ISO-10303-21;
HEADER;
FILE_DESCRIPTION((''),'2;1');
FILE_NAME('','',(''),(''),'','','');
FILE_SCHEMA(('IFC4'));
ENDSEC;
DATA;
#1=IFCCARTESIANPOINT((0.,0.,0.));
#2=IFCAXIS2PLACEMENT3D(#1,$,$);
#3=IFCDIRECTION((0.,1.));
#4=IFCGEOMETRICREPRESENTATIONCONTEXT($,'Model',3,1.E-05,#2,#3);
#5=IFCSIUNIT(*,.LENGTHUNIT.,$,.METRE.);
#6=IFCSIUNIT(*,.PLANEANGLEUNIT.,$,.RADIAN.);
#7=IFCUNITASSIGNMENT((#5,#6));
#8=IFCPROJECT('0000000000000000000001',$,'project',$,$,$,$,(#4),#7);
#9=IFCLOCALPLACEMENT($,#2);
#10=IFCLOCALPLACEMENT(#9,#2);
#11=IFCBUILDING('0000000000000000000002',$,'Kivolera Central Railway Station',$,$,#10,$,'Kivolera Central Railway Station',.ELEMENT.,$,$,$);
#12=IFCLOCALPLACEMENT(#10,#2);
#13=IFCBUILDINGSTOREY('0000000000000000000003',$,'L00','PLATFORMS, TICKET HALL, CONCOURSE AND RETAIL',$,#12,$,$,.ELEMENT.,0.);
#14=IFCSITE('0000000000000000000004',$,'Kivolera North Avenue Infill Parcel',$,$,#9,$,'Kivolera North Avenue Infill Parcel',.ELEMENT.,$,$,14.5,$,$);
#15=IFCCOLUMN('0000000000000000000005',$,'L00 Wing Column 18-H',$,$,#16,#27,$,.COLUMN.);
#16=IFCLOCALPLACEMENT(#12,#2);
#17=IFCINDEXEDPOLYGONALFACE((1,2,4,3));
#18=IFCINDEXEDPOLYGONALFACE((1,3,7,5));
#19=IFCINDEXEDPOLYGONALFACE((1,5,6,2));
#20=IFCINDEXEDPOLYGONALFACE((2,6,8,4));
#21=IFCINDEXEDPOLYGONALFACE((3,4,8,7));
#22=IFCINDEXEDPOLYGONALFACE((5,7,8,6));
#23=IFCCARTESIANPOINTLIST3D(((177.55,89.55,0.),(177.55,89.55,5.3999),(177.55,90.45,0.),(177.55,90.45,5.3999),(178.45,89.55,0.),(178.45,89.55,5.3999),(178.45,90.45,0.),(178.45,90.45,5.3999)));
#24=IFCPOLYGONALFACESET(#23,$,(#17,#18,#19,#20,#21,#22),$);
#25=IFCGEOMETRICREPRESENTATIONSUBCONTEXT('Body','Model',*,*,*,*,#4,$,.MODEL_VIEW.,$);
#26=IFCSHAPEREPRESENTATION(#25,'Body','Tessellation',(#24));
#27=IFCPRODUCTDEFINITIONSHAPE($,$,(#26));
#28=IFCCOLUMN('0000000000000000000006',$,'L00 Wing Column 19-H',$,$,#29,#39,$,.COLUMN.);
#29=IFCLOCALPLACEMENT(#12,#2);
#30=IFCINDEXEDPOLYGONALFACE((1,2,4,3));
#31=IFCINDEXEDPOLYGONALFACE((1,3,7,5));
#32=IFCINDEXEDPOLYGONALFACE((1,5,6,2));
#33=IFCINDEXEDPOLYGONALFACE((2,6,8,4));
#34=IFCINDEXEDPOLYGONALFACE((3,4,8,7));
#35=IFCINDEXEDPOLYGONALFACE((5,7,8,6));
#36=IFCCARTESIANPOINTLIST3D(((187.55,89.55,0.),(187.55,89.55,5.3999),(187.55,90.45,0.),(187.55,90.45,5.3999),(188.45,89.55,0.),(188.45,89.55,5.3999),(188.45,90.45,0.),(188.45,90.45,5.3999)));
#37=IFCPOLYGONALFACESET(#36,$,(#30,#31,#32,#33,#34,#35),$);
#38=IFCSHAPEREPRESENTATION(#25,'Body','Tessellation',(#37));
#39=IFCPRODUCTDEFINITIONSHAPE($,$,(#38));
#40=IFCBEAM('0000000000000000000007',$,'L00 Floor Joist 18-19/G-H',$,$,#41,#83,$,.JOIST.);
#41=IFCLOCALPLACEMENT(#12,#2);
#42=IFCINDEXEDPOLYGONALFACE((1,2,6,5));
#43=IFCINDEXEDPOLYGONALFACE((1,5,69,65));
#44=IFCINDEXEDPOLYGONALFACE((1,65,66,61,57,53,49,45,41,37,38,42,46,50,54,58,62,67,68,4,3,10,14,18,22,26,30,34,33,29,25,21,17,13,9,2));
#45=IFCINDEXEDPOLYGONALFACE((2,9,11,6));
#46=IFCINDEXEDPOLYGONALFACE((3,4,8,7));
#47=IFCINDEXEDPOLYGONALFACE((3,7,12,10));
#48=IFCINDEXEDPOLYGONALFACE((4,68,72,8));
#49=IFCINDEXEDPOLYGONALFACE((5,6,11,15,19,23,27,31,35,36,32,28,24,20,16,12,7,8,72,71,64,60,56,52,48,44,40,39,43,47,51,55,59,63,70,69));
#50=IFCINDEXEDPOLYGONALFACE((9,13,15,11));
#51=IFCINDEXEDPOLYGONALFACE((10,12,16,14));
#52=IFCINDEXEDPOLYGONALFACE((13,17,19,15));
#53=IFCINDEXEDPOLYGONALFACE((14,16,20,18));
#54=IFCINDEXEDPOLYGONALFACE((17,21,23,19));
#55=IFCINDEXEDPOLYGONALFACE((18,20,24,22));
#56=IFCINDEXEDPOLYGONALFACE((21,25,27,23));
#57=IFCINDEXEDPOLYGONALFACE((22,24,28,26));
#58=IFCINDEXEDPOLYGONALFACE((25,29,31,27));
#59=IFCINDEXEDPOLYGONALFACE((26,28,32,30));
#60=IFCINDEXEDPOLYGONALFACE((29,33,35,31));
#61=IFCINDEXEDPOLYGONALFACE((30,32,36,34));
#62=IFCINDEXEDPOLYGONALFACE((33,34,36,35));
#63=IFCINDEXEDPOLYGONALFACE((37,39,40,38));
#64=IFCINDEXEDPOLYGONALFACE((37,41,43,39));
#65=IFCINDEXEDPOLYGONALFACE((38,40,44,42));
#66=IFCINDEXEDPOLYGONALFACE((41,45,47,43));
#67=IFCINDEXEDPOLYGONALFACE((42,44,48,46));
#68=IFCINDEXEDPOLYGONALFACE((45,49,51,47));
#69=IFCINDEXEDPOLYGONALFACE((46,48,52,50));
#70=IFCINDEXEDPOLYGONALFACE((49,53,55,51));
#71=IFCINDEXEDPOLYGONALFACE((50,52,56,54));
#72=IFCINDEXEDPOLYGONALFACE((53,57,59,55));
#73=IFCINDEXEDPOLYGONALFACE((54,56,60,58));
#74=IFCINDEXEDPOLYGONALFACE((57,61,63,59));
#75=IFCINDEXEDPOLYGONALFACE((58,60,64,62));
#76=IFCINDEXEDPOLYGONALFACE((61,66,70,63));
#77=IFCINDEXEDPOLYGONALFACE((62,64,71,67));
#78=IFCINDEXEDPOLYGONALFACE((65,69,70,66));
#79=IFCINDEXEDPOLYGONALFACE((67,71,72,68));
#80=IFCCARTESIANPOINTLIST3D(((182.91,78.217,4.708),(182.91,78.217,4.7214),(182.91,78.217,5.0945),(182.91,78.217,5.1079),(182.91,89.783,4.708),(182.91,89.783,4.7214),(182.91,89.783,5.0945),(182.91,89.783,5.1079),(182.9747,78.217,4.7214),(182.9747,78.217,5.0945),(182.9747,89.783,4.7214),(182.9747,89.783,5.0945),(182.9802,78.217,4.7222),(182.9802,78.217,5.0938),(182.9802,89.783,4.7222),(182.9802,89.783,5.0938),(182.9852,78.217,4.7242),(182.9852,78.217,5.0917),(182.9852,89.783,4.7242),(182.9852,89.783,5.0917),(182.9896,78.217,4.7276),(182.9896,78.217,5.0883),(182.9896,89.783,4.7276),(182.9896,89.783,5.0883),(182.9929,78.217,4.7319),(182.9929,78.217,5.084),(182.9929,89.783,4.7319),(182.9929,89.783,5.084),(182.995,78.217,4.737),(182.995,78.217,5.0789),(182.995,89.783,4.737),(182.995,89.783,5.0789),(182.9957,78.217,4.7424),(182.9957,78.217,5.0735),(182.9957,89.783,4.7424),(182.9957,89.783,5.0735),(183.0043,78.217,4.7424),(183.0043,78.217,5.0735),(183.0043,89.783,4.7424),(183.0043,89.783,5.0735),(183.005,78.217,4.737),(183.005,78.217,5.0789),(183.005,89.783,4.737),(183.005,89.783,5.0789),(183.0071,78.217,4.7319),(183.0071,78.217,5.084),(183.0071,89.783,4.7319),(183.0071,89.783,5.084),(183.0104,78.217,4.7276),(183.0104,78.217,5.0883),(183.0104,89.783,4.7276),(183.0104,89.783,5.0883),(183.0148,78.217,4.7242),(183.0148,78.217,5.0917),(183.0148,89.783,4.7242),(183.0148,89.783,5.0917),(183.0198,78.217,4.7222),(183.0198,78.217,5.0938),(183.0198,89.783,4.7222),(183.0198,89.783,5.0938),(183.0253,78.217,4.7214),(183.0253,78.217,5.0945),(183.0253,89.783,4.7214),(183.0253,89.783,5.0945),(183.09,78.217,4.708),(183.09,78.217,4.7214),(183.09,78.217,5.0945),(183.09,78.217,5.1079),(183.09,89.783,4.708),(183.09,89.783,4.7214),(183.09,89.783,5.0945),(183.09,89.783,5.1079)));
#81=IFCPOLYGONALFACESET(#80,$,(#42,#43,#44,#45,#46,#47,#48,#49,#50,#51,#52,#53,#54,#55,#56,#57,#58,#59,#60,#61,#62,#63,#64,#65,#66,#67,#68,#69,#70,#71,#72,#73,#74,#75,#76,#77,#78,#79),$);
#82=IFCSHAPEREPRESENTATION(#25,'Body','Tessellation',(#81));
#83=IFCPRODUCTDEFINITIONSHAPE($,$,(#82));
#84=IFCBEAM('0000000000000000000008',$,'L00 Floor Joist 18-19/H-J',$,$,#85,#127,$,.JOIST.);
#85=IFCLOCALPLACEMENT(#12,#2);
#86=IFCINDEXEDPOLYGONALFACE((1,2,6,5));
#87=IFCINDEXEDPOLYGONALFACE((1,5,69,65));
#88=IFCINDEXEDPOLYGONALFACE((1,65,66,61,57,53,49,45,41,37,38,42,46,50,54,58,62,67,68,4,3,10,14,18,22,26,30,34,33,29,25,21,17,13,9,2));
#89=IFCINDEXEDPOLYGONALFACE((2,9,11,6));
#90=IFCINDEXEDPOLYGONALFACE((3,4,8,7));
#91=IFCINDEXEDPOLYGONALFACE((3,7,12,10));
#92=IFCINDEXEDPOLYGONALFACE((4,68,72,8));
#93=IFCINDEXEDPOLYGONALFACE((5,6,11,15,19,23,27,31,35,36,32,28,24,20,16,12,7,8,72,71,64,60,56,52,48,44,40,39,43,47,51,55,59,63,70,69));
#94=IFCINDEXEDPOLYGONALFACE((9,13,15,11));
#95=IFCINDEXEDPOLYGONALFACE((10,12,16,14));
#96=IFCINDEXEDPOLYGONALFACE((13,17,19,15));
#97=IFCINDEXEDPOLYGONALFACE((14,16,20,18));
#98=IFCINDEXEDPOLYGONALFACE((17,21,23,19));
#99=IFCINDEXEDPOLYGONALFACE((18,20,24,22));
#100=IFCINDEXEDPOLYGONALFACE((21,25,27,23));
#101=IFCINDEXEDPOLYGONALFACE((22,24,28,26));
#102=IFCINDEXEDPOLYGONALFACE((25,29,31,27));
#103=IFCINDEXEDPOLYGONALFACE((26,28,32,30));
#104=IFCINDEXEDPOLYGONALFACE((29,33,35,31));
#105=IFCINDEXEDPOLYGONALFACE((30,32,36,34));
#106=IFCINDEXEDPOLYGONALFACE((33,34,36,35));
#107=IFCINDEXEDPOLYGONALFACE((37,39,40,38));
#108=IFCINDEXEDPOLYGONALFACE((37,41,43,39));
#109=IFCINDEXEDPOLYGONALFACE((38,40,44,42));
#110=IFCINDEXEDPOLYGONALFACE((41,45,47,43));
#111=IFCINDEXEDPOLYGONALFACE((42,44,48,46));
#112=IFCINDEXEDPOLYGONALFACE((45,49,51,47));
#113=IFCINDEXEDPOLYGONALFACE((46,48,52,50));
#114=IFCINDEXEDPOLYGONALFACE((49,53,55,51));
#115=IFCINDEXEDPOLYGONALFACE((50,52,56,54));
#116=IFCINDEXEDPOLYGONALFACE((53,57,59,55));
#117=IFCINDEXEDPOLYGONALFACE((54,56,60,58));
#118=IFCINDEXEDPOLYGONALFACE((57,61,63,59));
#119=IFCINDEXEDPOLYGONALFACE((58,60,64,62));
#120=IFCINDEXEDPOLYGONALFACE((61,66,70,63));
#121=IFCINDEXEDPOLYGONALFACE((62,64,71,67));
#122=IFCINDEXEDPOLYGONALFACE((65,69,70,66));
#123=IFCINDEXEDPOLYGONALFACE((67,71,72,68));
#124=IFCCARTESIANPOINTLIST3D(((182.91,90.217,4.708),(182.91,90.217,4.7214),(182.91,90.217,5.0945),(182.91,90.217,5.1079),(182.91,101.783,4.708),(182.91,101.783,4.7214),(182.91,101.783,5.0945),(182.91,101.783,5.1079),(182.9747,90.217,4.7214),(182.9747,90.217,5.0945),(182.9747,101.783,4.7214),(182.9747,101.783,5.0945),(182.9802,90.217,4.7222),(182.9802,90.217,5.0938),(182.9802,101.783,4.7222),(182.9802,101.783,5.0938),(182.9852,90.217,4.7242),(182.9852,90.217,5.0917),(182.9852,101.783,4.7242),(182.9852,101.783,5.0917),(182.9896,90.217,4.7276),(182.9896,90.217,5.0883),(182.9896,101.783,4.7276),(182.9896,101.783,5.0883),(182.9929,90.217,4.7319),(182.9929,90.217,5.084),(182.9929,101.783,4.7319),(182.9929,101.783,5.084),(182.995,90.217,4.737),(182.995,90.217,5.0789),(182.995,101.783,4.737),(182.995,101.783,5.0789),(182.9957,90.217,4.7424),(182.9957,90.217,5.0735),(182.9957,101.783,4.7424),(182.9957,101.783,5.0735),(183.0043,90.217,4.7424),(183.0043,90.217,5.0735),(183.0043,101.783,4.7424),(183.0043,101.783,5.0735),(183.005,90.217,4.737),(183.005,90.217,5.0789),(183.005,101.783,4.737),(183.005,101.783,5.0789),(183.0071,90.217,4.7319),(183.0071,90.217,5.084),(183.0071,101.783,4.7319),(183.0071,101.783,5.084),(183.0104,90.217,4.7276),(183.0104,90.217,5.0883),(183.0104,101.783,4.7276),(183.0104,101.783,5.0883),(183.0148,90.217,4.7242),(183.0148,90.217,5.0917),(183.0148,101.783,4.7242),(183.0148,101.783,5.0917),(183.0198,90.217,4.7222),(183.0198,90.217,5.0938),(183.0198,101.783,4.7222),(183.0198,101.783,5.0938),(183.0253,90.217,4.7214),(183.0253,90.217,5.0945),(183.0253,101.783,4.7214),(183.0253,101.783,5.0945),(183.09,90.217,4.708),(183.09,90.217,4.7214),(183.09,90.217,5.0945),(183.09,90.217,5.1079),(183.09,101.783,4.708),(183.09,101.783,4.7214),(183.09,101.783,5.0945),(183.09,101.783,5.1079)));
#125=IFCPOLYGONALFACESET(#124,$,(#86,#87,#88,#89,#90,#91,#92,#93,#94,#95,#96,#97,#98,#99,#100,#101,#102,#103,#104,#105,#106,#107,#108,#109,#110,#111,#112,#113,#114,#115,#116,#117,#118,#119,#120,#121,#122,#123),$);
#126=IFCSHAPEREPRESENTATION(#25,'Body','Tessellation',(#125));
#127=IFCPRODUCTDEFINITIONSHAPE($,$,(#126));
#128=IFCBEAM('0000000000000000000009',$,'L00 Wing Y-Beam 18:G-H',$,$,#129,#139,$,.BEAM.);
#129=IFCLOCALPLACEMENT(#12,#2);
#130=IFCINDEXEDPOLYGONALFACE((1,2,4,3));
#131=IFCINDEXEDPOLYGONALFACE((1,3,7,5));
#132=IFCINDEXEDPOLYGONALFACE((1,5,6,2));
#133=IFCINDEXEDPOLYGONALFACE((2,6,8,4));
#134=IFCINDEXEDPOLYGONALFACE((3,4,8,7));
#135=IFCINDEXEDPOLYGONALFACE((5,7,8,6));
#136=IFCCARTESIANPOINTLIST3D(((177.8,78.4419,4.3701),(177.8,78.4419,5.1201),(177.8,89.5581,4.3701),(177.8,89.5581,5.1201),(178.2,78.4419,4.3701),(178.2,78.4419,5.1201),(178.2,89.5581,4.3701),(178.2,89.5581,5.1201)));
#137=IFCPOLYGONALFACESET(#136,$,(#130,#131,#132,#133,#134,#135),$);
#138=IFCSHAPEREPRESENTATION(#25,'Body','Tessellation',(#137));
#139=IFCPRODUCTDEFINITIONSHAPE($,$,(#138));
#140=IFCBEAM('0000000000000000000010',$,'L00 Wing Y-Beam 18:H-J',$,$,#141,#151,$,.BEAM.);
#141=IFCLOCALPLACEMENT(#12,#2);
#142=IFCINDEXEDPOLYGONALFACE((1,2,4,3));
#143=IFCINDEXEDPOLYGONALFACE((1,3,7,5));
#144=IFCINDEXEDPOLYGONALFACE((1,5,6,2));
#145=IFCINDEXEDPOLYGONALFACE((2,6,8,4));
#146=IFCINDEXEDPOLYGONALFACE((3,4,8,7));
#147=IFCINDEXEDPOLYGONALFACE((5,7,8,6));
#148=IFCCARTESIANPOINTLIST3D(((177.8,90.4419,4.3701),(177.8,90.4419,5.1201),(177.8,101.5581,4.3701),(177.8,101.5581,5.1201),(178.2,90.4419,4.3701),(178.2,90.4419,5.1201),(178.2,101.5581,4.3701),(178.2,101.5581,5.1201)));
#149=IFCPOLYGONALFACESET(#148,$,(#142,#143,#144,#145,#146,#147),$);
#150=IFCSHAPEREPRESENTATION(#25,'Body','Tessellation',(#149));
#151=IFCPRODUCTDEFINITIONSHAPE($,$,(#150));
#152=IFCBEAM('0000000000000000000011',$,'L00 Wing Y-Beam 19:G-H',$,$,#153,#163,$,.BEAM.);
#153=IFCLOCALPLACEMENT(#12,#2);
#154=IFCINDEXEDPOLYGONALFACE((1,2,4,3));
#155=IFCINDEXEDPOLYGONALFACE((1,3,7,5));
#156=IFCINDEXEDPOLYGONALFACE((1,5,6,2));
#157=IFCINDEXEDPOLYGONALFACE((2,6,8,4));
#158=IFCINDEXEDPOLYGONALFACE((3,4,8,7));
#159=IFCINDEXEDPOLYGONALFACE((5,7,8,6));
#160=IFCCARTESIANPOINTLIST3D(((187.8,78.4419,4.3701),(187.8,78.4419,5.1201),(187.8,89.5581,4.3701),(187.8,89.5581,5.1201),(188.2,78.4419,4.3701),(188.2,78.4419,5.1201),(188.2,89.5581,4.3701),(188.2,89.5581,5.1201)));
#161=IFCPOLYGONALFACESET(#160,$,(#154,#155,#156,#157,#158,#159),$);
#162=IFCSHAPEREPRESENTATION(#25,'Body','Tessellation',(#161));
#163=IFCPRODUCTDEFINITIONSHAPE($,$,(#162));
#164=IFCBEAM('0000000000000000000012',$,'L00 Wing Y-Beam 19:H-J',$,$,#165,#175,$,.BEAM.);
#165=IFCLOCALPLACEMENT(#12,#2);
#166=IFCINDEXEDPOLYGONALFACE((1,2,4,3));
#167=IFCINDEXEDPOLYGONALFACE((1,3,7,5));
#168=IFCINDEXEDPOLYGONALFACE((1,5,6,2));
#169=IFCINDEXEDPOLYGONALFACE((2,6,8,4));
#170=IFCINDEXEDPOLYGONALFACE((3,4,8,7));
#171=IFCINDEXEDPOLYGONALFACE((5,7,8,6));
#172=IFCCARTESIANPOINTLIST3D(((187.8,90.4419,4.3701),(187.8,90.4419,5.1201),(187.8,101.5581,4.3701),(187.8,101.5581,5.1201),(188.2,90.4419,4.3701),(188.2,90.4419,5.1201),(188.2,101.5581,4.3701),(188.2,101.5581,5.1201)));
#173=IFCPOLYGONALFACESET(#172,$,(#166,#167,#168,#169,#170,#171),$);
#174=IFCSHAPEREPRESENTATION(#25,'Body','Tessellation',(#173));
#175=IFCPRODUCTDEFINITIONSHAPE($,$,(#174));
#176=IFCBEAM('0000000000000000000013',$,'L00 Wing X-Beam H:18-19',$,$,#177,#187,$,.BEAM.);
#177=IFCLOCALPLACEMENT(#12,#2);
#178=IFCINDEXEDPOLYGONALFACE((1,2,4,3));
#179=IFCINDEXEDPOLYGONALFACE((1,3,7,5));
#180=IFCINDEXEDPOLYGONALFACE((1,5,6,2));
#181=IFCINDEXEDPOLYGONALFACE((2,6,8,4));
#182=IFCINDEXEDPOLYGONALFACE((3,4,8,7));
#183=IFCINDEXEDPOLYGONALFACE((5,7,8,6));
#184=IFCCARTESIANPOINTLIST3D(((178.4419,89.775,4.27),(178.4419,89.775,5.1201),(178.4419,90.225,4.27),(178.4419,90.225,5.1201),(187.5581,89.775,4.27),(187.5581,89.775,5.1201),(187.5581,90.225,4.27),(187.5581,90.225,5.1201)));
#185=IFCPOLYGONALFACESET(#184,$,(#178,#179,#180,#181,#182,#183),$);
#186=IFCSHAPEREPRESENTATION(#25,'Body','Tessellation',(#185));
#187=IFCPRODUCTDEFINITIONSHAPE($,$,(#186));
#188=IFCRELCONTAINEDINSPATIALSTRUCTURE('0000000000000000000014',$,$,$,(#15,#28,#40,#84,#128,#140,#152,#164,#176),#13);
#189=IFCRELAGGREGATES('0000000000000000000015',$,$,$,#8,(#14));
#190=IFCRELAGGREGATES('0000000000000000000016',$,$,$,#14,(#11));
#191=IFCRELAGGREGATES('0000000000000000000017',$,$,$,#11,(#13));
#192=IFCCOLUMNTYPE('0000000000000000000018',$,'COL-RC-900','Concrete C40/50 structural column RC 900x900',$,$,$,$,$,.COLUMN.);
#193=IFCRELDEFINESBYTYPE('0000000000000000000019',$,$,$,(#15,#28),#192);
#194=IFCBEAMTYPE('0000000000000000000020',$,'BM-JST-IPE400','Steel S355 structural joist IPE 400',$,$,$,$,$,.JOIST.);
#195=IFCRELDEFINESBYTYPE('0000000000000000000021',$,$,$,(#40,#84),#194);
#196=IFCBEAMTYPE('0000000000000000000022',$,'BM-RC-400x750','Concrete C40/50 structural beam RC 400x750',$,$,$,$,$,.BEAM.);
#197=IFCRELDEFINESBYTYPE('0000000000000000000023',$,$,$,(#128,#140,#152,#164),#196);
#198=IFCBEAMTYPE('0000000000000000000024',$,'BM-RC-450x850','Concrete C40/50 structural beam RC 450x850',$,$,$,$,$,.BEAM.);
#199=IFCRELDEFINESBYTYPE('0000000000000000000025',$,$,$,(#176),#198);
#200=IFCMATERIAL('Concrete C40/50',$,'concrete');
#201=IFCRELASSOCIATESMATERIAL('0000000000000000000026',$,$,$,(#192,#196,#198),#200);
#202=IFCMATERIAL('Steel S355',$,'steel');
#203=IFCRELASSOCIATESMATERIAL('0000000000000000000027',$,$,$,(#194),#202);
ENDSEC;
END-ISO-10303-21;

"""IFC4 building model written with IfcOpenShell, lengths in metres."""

from ifc_helpers import new_model, si_unit, direction, frame, origin, origin_2d, place, context, subcontext, project, spatial, rectangle, i_section, extrude, material, material_profile, profile_set, type_object, element, save


model = new_model("IFC4")

# Units and contexts
model_context = context("Model", 3, precision=1e-05, world=origin(), true_north=direction((0.0, 1.0)))
body_context = subcontext(model_context, "Body", "Model", "MODEL_VIEW")
ifc_project = project(units=[si_unit("LENGTHUNIT", "METRE"), si_unit("PLANEANGLEUNIT", "RADIAN")], contexts=[model_context])

# Site, building, storey
site_placement = place(None, origin())
site = spatial("IfcSite", under=ifc_project, at=site_placement, Name="Kivolera North Avenue Infill Parcel", LongName="Kivolera North Avenue Infill Parcel", CompositionType="ELEMENT", RefElevation=14.5)
building_placement = place(site_placement, origin())
building = spatial("IfcBuilding", under=site, at=building_placement, Name="Kivolera Central Railway Station", LongName="Kivolera Central Railway Station", CompositionType="ELEMENT")
storey_placement = place(building_placement, origin())
storey = spatial("IfcBuildingStorey", under=building, at=storey_placement, Name="L00", Description="PLATFORMS, TICKET HALL, CONCOURSE AND RETAIL", CompositionType="ELEMENT", Elevation=0.0)

# Columns
ifc_material_1 = material(Name="Concrete C40/50", Category="concrete")
ifc_material_profile_1 = material_profile(ifc_material_1, rectangle(XDim=0.8999, YDim=0.8999, at=origin_2d()), Name="RC 900x900")
ifc_profile_set_1 = profile_set([ifc_material_profile_1], Name="Concrete C40/50")
column_type = type_object("IfcColumnType", Name="COL-RC-900", Description="Concrete C40/50 structural column RC 900x900", PredefinedType="COLUMN", material=ifc_profile_set_1)
for number, where, z_axis, x_axis, name in (
    (1, (178.0, 90.0, 0.0), (0.0, 0.0, 1.0), (1.0, 0.0, 0.0), "L00 Wing Column 18-H"),
    (2, (188.0, 90.0, 0.0), (0.0, 0.0, 1.0), (1.0, 0.0, 0.0), "L00 Wing Column 19-H"),
):
    element("IfcColumn", number, at=place(storey_placement, frame(where, z_axis=z_axis, x_axis=x_axis)), inside=storey, type_object=column_type, Name=name, PredefinedType="COLUMN", context=body_context, shape_type="SweptSolid", body=[
        extrude(rectangle(XDim=0.8999, YDim=0.8999, at=origin_2d()), origin(), (0.0, 0.0, 1.0), 5.3999),
    ])

# Beams
ifc_material_2 = material(Name="Steel S355", Category="steel")
ifc_material_profile_2 = material_profile(ifc_material_2, i_section(OverallWidth=0.1799, OverallDepth=0.3999, WebThickness=0.0085, FlangeThickness=0.0134, FilletRadius=0.021, at=origin_2d()), Name="IPE 400")
ifc_profile_set_2 = profile_set([ifc_material_profile_2], Name="Steel S355")
beam_type_1 = type_object("IfcBeamType", Name="BM-JST-IPE400", Description="Steel S355 structural joist IPE 400", PredefinedType="JOIST", material=ifc_profile_set_2)
for number, where, z_axis, x_axis, name in (
    (3, (183.0, 78.217, 4.908), (0.0, 1.0, 0.0), (-1.0, 0.0, 0.0), "L00 Floor Joist 18-19/G-H"),
    (4, (183.0, 90.217, 4.908), (0.0, 1.0, 0.0), (-1.0, 0.0, 0.0), "L00 Floor Joist 18-19/H-J"),
):
    element("IfcBeam", number, at=place(storey_placement, frame(where, z_axis=z_axis, x_axis=x_axis)), inside=storey, type_object=beam_type_1, Name=name, PredefinedType="JOIST", context=body_context, shape_type="SweptSolid", body=[
        extrude(i_section(OverallWidth=0.1799, OverallDepth=0.3999, WebThickness=0.0085, FlangeThickness=0.0134, FilletRadius=0.021, at=origin_2d()), origin(), (0.0, 0.0, 1.0), 11.5659),
    ])
ifc_material_profile_3 = material_profile(ifc_material_1, rectangle(XDim=0.3999, YDim=0.75, at=origin_2d()), Name="RC 400x750")
ifc_profile_set_3 = profile_set([ifc_material_profile_3], Name="Concrete C40/50")
beam_type_2 = type_object("IfcBeamType", Name="BM-RC-400x750", Description="Concrete C40/50 structural beam RC 400x750", PredefinedType="BEAM", material=ifc_profile_set_3)
for number, where, z_axis, x_axis, name in (
    (5, (178.0, 78.4419, 4.7451), (0.0, 1.0, 0.0), (-1.0, 0.0, 0.0), "L00 Wing Y-Beam 18:G-H"),
    (6, (178.0, 90.4419, 4.7451), (0.0, 1.0, 0.0), (-1.0, 0.0, 0.0), "L00 Wing Y-Beam 18:H-J"),
    (7, (188.0, 78.4419, 4.7451), (0.0, 1.0, 0.0), (-1.0, 0.0, 0.0), "L00 Wing Y-Beam 19:G-H"),
    (8, (188.0, 90.4419, 4.7451), (0.0, 1.0, 0.0), (-1.0, 0.0, 0.0), "L00 Wing Y-Beam 19:H-J"),
):
    element("IfcBeam", number, at=place(storey_placement, frame(where, z_axis=z_axis, x_axis=x_axis)), inside=storey, type_object=beam_type_2, Name=name, PredefinedType="BEAM", context=body_context, shape_type="SweptSolid", body=[
        extrude(rectangle(XDim=0.3999, YDim=0.75, at=origin_2d()), origin(), (0.0, 0.0, 1.0), 11.1162),
    ])
ifc_material_profile_4 = material_profile(ifc_material_1, rectangle(XDim=0.45, YDim=0.8501, at=origin_2d()), Name="RC 450x850")
ifc_profile_set_4 = profile_set([ifc_material_profile_4], Name="Concrete C40/50")
beam_type_3 = type_object("IfcBeamType", Name="BM-RC-450x850", Description="Concrete C40/50 structural beam RC 450x850", PredefinedType="BEAM", material=ifc_profile_set_4)
beam_placement = place(storey_placement, frame((178.4419, 90.0, 4.6951), z_axis=(1.0, 0.0, 0.0), x_axis=(0.0, 1.0, 0.0)))
element("IfcBeam", 9, at=beam_placement, inside=storey, type_object=beam_type_3, Name="L00 Wing X-Beam H:18-19", PredefinedType="BEAM", context=body_context, shape_type="SweptSolid", body=[
    extrude(rectangle(XDim=0.45, YDim=0.8501, at=origin_2d()), origin(), (0.0, 0.0, 1.0), 9.1162),
])

save(model, "model.ifc")
